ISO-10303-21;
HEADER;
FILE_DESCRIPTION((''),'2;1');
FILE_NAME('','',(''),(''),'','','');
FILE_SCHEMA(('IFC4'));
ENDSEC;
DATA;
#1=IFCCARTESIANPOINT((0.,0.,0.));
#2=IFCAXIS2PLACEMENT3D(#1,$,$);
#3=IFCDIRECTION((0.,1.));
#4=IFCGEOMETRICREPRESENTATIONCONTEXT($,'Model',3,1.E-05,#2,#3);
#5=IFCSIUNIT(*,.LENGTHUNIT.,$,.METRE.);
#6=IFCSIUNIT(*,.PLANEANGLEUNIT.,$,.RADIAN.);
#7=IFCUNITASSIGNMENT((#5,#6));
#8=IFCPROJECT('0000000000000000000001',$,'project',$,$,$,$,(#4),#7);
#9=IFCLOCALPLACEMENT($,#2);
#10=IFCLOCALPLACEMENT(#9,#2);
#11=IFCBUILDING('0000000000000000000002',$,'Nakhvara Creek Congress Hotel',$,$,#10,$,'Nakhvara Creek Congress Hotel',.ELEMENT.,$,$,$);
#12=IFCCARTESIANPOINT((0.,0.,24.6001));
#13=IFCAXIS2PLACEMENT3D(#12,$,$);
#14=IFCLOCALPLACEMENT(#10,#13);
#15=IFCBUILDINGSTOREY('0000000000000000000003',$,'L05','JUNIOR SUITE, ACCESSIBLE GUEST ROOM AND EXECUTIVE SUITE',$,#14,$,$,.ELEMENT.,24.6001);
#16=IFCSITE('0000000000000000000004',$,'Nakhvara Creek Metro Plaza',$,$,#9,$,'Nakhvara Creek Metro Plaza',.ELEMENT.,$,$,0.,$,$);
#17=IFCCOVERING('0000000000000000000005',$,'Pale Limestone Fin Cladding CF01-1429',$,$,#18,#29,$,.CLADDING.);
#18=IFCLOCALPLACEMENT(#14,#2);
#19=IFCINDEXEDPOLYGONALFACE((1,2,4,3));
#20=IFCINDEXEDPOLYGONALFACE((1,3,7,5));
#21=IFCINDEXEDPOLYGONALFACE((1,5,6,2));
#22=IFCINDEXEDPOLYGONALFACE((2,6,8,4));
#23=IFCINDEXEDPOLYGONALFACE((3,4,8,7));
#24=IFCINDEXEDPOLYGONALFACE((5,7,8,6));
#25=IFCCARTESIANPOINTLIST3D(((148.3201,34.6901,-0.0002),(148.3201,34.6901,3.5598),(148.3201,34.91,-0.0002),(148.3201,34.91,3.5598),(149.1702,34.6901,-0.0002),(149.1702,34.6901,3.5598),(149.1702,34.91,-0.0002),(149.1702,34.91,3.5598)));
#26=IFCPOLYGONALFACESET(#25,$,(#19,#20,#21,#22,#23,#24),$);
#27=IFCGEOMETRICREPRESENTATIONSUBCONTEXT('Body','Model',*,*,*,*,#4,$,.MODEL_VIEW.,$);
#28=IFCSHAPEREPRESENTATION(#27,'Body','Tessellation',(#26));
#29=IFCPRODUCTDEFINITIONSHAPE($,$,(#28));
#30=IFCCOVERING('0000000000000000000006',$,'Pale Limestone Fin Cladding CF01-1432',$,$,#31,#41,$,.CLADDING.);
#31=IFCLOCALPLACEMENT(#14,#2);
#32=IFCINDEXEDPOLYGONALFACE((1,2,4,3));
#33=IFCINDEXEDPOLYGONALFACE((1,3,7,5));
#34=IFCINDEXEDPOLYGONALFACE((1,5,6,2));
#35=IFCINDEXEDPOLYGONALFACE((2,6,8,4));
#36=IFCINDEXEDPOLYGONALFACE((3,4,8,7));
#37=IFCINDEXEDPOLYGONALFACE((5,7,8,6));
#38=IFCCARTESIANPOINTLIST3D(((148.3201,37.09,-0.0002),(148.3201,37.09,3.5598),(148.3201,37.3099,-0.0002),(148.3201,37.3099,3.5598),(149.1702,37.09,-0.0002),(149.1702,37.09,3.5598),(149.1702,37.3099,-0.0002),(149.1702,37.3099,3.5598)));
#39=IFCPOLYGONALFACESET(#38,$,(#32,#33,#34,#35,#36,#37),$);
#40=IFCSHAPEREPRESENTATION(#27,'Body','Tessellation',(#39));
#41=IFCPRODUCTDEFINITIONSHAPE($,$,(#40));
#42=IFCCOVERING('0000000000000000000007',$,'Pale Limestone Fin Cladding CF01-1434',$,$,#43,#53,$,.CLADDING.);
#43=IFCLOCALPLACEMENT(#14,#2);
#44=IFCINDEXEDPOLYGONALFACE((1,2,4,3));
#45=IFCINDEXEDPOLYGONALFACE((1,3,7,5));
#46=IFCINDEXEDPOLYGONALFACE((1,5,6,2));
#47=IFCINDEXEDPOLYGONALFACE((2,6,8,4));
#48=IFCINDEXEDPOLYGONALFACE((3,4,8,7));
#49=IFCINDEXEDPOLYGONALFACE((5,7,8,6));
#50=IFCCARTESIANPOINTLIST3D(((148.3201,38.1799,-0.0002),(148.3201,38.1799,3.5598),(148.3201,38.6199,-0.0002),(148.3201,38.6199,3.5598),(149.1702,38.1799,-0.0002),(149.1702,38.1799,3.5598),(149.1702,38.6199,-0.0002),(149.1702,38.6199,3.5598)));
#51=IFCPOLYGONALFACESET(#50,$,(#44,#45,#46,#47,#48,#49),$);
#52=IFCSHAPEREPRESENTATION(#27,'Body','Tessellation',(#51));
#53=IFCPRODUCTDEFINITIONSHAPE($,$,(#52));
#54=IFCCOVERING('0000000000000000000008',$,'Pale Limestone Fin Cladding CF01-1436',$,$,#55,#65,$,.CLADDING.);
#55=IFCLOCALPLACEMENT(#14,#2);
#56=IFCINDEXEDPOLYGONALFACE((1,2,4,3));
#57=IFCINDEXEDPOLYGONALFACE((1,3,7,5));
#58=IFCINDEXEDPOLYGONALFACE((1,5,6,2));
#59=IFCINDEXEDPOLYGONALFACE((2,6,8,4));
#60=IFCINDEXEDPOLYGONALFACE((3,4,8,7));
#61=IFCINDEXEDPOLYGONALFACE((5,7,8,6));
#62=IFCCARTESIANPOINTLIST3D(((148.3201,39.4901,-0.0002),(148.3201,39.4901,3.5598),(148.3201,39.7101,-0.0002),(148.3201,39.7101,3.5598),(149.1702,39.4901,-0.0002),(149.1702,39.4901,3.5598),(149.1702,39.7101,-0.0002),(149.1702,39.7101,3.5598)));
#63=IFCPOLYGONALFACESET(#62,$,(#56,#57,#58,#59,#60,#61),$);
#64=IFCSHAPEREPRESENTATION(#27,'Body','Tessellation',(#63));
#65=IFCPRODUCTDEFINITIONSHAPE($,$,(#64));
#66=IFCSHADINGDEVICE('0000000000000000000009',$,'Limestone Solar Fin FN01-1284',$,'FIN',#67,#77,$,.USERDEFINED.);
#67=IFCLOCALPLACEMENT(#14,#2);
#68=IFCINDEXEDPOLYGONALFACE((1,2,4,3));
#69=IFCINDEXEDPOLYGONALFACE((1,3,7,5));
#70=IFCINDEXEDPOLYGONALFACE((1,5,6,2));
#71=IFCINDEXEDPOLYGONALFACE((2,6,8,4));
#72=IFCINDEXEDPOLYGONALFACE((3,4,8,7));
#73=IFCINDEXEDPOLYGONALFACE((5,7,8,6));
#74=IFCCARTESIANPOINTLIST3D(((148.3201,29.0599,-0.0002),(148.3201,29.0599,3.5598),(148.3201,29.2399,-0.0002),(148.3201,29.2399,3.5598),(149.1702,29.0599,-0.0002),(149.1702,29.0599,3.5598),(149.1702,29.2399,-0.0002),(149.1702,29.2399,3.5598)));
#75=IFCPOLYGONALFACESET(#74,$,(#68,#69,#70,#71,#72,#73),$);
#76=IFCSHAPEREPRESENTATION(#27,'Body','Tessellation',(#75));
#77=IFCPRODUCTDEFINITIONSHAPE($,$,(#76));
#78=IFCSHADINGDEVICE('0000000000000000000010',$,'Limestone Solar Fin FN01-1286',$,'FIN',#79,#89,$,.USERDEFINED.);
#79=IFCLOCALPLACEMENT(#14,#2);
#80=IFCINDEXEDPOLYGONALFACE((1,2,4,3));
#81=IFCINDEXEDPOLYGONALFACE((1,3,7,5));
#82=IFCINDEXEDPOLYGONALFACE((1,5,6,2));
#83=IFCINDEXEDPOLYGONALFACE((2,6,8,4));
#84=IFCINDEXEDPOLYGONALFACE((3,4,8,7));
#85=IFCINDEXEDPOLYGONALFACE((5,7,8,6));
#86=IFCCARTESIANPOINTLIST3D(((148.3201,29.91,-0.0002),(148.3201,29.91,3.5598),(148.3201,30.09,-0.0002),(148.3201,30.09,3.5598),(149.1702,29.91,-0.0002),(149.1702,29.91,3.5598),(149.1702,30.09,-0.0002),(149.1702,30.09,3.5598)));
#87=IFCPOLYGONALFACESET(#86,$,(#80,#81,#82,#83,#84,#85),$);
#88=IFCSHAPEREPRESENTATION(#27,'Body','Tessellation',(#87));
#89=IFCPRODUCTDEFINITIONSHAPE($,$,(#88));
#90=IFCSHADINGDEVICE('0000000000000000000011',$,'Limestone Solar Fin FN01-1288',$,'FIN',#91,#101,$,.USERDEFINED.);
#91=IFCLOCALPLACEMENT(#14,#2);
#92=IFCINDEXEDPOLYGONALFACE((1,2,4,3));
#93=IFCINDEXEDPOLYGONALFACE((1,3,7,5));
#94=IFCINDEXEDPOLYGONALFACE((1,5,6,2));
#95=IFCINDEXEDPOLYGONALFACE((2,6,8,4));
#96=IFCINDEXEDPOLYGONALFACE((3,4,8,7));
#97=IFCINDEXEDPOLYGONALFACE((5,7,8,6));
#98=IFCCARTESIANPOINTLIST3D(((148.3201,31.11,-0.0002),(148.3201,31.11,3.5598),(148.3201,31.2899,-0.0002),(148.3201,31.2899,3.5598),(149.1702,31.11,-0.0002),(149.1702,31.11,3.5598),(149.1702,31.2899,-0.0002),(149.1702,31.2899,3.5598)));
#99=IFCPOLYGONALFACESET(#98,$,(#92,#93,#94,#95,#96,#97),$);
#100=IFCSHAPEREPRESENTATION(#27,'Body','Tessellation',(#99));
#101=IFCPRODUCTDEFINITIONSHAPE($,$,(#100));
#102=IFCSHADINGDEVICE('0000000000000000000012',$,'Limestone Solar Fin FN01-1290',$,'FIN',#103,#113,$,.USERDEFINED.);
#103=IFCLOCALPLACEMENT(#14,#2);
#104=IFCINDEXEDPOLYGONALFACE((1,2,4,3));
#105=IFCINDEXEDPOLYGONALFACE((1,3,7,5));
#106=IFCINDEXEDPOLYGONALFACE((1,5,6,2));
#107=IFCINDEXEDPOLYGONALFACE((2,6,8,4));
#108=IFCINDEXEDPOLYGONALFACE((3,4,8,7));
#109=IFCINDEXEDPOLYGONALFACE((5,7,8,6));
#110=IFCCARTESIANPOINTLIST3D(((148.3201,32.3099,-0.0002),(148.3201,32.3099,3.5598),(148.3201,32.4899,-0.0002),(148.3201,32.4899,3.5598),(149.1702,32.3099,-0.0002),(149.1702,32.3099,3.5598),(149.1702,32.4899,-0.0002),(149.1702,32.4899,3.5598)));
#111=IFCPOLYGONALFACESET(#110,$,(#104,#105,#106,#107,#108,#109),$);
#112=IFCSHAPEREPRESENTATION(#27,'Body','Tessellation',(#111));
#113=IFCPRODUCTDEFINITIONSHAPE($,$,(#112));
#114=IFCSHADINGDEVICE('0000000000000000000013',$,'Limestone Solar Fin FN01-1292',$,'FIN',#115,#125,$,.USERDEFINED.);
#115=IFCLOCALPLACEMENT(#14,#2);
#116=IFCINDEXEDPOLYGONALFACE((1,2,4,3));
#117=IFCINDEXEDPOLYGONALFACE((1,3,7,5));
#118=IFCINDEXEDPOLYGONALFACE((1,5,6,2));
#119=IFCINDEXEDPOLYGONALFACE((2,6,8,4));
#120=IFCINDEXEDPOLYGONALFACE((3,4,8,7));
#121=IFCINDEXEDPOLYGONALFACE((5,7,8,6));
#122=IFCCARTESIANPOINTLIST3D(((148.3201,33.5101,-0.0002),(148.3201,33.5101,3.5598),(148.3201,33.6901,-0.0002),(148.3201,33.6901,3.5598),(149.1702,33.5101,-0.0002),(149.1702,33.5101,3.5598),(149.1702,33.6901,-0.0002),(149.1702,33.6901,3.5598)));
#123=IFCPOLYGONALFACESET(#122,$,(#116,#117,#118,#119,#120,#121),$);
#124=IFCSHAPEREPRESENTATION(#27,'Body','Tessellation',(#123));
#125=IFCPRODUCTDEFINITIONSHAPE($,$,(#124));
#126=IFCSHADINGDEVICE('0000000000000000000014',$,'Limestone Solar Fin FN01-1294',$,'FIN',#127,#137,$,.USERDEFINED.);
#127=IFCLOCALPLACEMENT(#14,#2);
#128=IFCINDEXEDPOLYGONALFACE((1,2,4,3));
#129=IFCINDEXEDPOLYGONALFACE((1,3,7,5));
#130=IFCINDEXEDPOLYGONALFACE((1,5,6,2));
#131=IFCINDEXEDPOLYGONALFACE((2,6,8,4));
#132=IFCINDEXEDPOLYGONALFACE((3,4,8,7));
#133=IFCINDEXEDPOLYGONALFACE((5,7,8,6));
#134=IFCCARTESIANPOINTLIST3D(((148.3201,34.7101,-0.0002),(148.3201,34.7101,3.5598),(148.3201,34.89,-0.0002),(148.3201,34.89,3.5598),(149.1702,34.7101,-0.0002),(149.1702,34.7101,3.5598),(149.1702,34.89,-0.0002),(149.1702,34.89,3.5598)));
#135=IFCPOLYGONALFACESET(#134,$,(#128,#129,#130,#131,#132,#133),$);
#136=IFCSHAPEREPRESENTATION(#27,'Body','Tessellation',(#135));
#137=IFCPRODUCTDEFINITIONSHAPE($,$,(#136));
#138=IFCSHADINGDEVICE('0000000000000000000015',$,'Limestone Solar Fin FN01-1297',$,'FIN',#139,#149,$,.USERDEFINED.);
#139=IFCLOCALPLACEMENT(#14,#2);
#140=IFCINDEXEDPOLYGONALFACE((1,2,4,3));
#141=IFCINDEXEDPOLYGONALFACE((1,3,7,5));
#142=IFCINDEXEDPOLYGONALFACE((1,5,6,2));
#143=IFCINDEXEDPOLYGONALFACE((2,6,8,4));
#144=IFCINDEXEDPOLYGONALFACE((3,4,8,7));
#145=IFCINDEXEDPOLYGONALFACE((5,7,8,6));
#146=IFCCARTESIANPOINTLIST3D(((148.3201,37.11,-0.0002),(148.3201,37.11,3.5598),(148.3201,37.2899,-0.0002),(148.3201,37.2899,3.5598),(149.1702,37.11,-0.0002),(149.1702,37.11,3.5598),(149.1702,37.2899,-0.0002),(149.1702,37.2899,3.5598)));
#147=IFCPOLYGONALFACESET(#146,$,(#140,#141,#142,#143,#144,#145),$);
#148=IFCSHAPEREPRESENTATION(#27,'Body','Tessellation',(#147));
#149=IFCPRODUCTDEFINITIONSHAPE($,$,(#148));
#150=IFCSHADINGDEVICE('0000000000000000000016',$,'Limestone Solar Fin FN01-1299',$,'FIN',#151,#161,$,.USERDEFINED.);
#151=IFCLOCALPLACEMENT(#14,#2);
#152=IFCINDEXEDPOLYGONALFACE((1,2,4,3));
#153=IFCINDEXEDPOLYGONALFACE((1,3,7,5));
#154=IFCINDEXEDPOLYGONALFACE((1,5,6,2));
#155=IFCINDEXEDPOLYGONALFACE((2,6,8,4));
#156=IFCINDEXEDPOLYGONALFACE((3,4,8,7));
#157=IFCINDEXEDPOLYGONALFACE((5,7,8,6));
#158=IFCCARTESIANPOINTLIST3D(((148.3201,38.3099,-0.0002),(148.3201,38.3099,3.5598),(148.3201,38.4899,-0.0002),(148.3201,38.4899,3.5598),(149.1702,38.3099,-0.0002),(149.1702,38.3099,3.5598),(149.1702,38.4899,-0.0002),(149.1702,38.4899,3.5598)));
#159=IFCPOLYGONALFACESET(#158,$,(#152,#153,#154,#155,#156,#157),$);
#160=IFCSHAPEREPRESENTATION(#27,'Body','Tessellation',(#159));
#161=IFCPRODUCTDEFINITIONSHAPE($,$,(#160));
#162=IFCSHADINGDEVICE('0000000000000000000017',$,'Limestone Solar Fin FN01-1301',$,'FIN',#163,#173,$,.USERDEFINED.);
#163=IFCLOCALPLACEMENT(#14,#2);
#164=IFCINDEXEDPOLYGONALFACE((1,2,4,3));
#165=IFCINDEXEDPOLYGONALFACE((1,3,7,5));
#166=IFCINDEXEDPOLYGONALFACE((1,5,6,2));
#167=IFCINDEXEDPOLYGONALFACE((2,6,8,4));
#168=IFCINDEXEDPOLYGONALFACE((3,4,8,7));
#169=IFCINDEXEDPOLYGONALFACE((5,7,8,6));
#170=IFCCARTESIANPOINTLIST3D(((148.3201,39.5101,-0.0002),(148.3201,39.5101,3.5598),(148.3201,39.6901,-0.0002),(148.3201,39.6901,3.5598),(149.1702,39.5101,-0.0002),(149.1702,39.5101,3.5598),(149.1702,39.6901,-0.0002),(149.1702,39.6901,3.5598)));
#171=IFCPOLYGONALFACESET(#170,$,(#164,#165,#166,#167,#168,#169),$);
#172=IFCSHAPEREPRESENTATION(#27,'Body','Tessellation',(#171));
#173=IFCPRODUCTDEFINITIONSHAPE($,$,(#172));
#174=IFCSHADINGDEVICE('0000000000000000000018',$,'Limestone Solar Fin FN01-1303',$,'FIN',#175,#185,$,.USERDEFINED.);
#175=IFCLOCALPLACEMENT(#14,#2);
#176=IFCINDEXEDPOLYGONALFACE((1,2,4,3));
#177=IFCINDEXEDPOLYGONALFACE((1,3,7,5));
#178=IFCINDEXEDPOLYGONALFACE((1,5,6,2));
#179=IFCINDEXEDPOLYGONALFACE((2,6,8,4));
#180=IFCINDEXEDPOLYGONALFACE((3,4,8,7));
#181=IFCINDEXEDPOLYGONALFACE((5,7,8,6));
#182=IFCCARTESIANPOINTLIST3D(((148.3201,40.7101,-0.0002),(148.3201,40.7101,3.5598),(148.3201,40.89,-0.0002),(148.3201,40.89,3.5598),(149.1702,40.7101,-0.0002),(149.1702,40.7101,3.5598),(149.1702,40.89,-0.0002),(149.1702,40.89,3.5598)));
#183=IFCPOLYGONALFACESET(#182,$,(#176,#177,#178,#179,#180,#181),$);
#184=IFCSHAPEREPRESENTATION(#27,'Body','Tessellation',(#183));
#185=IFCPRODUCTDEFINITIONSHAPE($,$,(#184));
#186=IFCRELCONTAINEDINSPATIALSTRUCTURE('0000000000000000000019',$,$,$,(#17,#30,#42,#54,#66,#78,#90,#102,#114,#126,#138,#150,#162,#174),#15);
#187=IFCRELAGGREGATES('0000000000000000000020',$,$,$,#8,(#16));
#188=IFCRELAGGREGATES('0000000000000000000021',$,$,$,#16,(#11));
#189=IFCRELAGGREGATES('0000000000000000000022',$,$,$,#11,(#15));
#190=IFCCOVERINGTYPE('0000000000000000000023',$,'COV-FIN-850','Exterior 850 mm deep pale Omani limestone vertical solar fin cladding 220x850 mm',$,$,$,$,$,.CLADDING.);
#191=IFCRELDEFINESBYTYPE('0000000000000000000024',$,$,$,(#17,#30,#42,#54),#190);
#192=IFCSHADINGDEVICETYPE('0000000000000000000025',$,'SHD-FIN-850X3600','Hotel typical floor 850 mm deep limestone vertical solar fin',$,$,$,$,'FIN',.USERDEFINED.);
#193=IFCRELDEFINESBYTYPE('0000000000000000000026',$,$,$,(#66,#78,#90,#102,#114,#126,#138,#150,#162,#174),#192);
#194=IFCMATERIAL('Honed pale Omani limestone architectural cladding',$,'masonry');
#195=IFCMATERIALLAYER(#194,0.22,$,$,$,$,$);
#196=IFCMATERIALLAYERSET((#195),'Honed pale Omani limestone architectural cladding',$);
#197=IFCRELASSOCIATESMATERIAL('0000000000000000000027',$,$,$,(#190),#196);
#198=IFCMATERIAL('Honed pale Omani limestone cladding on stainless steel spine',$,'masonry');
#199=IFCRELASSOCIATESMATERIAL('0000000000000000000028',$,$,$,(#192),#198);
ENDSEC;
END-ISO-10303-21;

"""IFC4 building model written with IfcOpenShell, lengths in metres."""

from ifc_helpers import new_model, si_unit, direction, frame, origin, origin_2d, place, context, subcontext, project, spatial, rectangle, extrude, material, layer, layer_set, type_object, element, save


model = new_model("IFC4")

# Units and contexts
model_context = context("Model", 3, precision=1e-05, world=origin(), true_north=direction((0.0, 1.0)))
body_context = subcontext(model_context, "Body", "Model", "MODEL_VIEW")
ifc_project = project(units=[si_unit("LENGTHUNIT", "METRE"), si_unit("PLANEANGLEUNIT", "RADIAN")], contexts=[model_context])

# Site, building, storey
site_placement = place(None, origin())
site = spatial("IfcSite", under=ifc_project, at=site_placement, Name="Nakhvara Creek Metro Plaza", LongName="Nakhvara Creek Metro Plaza", CompositionType="ELEMENT", RefElevation=0.0)
building_placement = place(site_placement, origin())
building = spatial("IfcBuilding", under=site, at=building_placement, Name="Nakhvara Creek Congress Hotel", LongName="Nakhvara Creek Congress Hotel", CompositionType="ELEMENT")
storey_placement = place(building_placement, frame((0.0, 0.0, 24.6001)))
storey = spatial("IfcBuildingStorey", under=building, at=storey_placement, Name="L05", Description="JUNIOR SUITE, ACCESSIBLE GUEST ROOM AND EXECUTIVE SUITE", CompositionType="ELEMENT", Elevation=24.6001)

# Coverings
ifc_material_1 = material(Name="Honed pale Omani limestone architectural cladding", Category="masonry")
ifc_layer_1 = layer(ifc_material_1, 0.22)
ifc_layer_set_1 = layer_set([ifc_layer_1], Name="Honed pale Omani limestone architectural cladding")
covering_type = type_object("IfcCoveringType", Name="COV-FIN-850", Description="Exterior 850 mm deep pale Omani limestone vertical solar fin cladding 220x850 mm", PredefinedType="CLADDING", material=ifc_layer_set_1)
for number, where, z_axis, x_axis, name in (
    (1, (148.7451, 34.8, -0.0002), (0.0, 0.0, 1.0), (0.0, 1.0, 0.0), "Pale Limestone Fin Cladding CF01-1429"),
    (2, (148.7451, 37.2, -0.0002), (0.0, 0.0, 1.0), (0.0, 1.0, 0.0), "Pale Limestone Fin Cladding CF01-1432"),
):
    element("IfcCovering", number, at=place(storey_placement, frame(where, z_axis=z_axis, x_axis=x_axis)), inside=storey, type_object=covering_type, Name=name, PredefinedType="CLADDING", context=body_context, shape_type="SweptSolid", body=[
        extrude(rectangle(XDim=0.22, YDim=0.8501, at=origin_2d()), origin(), (0.0, 0.0, 1.0), 3.5601),
    ])
covering_1_placement = place(storey_placement, frame((148.7451, 38.3999, -0.0002), z_axis=(0.0, 0.0, 1.0), x_axis=(0.0, 1.0, 0.0)))
element("IfcCovering", 3, at=covering_1_placement, inside=storey, type_object=covering_type, Name="Pale Limestone Fin Cladding CF01-1434", PredefinedType="CLADDING", context=body_context, shape_type="SweptSolid", body=[
    extrude(rectangle(XDim=0.4399, YDim=0.8501, at=origin_2d()), origin(), (0.0, 0.0, 1.0), 3.5601),
])
covering_2_placement = place(storey_placement, frame((148.7451, 39.6001, -0.0002), z_axis=(0.0, 0.0, 1.0), x_axis=(0.0, 1.0, 0.0)))
element("IfcCovering", 4, at=covering_2_placement, inside=storey, type_object=covering_type, Name="Pale Limestone Fin Cladding CF01-1436", PredefinedType="CLADDING", context=body_context, shape_type="SweptSolid", body=[
    extrude(rectangle(XDim=0.22, YDim=0.8501, at=origin_2d()), origin(), (0.0, 0.0, 1.0), 3.5601),
])

# Shading devices
ifc_material_2 = material(Name="Honed pale Omani limestone cladding on stainless steel spine", Category="masonry")
shading_device_type = type_object("IfcShadingDeviceType", Name="SHD-FIN-850X3600", Description="Hotel typical floor 850 mm deep limestone vertical solar fin", ElementType="FIN", PredefinedType="USERDEFINED", material=ifc_material_2)
for number, where, z_axis, x_axis, name in (
    (5, (148.7451, 29.1499, -0.0002), (0.0, 0.0, 1.0), (0.0, 1.0, 0.0), "Limestone Solar Fin FN01-1284"),
    (6, (148.7451, 30.0, -0.0002), (0.0, 0.0, 1.0), (0.0, 1.0, 0.0), "Limestone Solar Fin FN01-1286"),
    (7, (148.7451, 31.2, -0.0002), (0.0, 0.0, 1.0), (0.0, 1.0, 0.0), "Limestone Solar Fin FN01-1288"),
    (8, (148.7451, 32.3999, -0.0002), (0.0, 0.0, 1.0), (0.0, 1.0, 0.0), "Limestone Solar Fin FN01-1290"),
    (9, (148.7451, 33.6001, -0.0002), (0.0, 0.0, 1.0), (0.0, 1.0, 0.0), "Limestone Solar Fin FN01-1292"),
    (10, (148.7451, 34.8, -0.0002), (0.0, 0.0, 1.0), (0.0, 1.0, 0.0), "Limestone Solar Fin FN01-1294"),
    (11, (148.7451, 37.2, -0.0002), (0.0, 0.0, 1.0), (0.0, 1.0, 0.0), "Limestone Solar Fin FN01-1297"),
    (12, (148.7451, 38.3999, -0.0002), (0.0, 0.0, 1.0), (0.0, 1.0, 0.0), "Limestone Solar Fin FN01-1299"),
    (13, (148.7451, 39.6001, -0.0002), (0.0, 0.0, 1.0), (0.0, 1.0, 0.0), "Limestone Solar Fin FN01-1301"),
    (14, (148.7451, 40.8, -0.0002), (0.0, 0.0, 1.0), (0.0, 1.0, 0.0), "Limestone Solar Fin FN01-1303"),
):
    element("IfcShadingDevice", number, at=place(storey_placement, frame(where, z_axis=z_axis, x_axis=x_axis)), inside=storey, type_object=shading_device_type, Name=name, ObjectType="FIN", PredefinedType="USERDEFINED", context=body_context, shape_type="SweptSolid", body=[
        extrude(rectangle(XDim=0.1799, YDim=0.8501, at=origin_2d()), origin(), (0.0, 0.0, 1.0), 3.5601),
    ])

save(model, "model.ifc")
